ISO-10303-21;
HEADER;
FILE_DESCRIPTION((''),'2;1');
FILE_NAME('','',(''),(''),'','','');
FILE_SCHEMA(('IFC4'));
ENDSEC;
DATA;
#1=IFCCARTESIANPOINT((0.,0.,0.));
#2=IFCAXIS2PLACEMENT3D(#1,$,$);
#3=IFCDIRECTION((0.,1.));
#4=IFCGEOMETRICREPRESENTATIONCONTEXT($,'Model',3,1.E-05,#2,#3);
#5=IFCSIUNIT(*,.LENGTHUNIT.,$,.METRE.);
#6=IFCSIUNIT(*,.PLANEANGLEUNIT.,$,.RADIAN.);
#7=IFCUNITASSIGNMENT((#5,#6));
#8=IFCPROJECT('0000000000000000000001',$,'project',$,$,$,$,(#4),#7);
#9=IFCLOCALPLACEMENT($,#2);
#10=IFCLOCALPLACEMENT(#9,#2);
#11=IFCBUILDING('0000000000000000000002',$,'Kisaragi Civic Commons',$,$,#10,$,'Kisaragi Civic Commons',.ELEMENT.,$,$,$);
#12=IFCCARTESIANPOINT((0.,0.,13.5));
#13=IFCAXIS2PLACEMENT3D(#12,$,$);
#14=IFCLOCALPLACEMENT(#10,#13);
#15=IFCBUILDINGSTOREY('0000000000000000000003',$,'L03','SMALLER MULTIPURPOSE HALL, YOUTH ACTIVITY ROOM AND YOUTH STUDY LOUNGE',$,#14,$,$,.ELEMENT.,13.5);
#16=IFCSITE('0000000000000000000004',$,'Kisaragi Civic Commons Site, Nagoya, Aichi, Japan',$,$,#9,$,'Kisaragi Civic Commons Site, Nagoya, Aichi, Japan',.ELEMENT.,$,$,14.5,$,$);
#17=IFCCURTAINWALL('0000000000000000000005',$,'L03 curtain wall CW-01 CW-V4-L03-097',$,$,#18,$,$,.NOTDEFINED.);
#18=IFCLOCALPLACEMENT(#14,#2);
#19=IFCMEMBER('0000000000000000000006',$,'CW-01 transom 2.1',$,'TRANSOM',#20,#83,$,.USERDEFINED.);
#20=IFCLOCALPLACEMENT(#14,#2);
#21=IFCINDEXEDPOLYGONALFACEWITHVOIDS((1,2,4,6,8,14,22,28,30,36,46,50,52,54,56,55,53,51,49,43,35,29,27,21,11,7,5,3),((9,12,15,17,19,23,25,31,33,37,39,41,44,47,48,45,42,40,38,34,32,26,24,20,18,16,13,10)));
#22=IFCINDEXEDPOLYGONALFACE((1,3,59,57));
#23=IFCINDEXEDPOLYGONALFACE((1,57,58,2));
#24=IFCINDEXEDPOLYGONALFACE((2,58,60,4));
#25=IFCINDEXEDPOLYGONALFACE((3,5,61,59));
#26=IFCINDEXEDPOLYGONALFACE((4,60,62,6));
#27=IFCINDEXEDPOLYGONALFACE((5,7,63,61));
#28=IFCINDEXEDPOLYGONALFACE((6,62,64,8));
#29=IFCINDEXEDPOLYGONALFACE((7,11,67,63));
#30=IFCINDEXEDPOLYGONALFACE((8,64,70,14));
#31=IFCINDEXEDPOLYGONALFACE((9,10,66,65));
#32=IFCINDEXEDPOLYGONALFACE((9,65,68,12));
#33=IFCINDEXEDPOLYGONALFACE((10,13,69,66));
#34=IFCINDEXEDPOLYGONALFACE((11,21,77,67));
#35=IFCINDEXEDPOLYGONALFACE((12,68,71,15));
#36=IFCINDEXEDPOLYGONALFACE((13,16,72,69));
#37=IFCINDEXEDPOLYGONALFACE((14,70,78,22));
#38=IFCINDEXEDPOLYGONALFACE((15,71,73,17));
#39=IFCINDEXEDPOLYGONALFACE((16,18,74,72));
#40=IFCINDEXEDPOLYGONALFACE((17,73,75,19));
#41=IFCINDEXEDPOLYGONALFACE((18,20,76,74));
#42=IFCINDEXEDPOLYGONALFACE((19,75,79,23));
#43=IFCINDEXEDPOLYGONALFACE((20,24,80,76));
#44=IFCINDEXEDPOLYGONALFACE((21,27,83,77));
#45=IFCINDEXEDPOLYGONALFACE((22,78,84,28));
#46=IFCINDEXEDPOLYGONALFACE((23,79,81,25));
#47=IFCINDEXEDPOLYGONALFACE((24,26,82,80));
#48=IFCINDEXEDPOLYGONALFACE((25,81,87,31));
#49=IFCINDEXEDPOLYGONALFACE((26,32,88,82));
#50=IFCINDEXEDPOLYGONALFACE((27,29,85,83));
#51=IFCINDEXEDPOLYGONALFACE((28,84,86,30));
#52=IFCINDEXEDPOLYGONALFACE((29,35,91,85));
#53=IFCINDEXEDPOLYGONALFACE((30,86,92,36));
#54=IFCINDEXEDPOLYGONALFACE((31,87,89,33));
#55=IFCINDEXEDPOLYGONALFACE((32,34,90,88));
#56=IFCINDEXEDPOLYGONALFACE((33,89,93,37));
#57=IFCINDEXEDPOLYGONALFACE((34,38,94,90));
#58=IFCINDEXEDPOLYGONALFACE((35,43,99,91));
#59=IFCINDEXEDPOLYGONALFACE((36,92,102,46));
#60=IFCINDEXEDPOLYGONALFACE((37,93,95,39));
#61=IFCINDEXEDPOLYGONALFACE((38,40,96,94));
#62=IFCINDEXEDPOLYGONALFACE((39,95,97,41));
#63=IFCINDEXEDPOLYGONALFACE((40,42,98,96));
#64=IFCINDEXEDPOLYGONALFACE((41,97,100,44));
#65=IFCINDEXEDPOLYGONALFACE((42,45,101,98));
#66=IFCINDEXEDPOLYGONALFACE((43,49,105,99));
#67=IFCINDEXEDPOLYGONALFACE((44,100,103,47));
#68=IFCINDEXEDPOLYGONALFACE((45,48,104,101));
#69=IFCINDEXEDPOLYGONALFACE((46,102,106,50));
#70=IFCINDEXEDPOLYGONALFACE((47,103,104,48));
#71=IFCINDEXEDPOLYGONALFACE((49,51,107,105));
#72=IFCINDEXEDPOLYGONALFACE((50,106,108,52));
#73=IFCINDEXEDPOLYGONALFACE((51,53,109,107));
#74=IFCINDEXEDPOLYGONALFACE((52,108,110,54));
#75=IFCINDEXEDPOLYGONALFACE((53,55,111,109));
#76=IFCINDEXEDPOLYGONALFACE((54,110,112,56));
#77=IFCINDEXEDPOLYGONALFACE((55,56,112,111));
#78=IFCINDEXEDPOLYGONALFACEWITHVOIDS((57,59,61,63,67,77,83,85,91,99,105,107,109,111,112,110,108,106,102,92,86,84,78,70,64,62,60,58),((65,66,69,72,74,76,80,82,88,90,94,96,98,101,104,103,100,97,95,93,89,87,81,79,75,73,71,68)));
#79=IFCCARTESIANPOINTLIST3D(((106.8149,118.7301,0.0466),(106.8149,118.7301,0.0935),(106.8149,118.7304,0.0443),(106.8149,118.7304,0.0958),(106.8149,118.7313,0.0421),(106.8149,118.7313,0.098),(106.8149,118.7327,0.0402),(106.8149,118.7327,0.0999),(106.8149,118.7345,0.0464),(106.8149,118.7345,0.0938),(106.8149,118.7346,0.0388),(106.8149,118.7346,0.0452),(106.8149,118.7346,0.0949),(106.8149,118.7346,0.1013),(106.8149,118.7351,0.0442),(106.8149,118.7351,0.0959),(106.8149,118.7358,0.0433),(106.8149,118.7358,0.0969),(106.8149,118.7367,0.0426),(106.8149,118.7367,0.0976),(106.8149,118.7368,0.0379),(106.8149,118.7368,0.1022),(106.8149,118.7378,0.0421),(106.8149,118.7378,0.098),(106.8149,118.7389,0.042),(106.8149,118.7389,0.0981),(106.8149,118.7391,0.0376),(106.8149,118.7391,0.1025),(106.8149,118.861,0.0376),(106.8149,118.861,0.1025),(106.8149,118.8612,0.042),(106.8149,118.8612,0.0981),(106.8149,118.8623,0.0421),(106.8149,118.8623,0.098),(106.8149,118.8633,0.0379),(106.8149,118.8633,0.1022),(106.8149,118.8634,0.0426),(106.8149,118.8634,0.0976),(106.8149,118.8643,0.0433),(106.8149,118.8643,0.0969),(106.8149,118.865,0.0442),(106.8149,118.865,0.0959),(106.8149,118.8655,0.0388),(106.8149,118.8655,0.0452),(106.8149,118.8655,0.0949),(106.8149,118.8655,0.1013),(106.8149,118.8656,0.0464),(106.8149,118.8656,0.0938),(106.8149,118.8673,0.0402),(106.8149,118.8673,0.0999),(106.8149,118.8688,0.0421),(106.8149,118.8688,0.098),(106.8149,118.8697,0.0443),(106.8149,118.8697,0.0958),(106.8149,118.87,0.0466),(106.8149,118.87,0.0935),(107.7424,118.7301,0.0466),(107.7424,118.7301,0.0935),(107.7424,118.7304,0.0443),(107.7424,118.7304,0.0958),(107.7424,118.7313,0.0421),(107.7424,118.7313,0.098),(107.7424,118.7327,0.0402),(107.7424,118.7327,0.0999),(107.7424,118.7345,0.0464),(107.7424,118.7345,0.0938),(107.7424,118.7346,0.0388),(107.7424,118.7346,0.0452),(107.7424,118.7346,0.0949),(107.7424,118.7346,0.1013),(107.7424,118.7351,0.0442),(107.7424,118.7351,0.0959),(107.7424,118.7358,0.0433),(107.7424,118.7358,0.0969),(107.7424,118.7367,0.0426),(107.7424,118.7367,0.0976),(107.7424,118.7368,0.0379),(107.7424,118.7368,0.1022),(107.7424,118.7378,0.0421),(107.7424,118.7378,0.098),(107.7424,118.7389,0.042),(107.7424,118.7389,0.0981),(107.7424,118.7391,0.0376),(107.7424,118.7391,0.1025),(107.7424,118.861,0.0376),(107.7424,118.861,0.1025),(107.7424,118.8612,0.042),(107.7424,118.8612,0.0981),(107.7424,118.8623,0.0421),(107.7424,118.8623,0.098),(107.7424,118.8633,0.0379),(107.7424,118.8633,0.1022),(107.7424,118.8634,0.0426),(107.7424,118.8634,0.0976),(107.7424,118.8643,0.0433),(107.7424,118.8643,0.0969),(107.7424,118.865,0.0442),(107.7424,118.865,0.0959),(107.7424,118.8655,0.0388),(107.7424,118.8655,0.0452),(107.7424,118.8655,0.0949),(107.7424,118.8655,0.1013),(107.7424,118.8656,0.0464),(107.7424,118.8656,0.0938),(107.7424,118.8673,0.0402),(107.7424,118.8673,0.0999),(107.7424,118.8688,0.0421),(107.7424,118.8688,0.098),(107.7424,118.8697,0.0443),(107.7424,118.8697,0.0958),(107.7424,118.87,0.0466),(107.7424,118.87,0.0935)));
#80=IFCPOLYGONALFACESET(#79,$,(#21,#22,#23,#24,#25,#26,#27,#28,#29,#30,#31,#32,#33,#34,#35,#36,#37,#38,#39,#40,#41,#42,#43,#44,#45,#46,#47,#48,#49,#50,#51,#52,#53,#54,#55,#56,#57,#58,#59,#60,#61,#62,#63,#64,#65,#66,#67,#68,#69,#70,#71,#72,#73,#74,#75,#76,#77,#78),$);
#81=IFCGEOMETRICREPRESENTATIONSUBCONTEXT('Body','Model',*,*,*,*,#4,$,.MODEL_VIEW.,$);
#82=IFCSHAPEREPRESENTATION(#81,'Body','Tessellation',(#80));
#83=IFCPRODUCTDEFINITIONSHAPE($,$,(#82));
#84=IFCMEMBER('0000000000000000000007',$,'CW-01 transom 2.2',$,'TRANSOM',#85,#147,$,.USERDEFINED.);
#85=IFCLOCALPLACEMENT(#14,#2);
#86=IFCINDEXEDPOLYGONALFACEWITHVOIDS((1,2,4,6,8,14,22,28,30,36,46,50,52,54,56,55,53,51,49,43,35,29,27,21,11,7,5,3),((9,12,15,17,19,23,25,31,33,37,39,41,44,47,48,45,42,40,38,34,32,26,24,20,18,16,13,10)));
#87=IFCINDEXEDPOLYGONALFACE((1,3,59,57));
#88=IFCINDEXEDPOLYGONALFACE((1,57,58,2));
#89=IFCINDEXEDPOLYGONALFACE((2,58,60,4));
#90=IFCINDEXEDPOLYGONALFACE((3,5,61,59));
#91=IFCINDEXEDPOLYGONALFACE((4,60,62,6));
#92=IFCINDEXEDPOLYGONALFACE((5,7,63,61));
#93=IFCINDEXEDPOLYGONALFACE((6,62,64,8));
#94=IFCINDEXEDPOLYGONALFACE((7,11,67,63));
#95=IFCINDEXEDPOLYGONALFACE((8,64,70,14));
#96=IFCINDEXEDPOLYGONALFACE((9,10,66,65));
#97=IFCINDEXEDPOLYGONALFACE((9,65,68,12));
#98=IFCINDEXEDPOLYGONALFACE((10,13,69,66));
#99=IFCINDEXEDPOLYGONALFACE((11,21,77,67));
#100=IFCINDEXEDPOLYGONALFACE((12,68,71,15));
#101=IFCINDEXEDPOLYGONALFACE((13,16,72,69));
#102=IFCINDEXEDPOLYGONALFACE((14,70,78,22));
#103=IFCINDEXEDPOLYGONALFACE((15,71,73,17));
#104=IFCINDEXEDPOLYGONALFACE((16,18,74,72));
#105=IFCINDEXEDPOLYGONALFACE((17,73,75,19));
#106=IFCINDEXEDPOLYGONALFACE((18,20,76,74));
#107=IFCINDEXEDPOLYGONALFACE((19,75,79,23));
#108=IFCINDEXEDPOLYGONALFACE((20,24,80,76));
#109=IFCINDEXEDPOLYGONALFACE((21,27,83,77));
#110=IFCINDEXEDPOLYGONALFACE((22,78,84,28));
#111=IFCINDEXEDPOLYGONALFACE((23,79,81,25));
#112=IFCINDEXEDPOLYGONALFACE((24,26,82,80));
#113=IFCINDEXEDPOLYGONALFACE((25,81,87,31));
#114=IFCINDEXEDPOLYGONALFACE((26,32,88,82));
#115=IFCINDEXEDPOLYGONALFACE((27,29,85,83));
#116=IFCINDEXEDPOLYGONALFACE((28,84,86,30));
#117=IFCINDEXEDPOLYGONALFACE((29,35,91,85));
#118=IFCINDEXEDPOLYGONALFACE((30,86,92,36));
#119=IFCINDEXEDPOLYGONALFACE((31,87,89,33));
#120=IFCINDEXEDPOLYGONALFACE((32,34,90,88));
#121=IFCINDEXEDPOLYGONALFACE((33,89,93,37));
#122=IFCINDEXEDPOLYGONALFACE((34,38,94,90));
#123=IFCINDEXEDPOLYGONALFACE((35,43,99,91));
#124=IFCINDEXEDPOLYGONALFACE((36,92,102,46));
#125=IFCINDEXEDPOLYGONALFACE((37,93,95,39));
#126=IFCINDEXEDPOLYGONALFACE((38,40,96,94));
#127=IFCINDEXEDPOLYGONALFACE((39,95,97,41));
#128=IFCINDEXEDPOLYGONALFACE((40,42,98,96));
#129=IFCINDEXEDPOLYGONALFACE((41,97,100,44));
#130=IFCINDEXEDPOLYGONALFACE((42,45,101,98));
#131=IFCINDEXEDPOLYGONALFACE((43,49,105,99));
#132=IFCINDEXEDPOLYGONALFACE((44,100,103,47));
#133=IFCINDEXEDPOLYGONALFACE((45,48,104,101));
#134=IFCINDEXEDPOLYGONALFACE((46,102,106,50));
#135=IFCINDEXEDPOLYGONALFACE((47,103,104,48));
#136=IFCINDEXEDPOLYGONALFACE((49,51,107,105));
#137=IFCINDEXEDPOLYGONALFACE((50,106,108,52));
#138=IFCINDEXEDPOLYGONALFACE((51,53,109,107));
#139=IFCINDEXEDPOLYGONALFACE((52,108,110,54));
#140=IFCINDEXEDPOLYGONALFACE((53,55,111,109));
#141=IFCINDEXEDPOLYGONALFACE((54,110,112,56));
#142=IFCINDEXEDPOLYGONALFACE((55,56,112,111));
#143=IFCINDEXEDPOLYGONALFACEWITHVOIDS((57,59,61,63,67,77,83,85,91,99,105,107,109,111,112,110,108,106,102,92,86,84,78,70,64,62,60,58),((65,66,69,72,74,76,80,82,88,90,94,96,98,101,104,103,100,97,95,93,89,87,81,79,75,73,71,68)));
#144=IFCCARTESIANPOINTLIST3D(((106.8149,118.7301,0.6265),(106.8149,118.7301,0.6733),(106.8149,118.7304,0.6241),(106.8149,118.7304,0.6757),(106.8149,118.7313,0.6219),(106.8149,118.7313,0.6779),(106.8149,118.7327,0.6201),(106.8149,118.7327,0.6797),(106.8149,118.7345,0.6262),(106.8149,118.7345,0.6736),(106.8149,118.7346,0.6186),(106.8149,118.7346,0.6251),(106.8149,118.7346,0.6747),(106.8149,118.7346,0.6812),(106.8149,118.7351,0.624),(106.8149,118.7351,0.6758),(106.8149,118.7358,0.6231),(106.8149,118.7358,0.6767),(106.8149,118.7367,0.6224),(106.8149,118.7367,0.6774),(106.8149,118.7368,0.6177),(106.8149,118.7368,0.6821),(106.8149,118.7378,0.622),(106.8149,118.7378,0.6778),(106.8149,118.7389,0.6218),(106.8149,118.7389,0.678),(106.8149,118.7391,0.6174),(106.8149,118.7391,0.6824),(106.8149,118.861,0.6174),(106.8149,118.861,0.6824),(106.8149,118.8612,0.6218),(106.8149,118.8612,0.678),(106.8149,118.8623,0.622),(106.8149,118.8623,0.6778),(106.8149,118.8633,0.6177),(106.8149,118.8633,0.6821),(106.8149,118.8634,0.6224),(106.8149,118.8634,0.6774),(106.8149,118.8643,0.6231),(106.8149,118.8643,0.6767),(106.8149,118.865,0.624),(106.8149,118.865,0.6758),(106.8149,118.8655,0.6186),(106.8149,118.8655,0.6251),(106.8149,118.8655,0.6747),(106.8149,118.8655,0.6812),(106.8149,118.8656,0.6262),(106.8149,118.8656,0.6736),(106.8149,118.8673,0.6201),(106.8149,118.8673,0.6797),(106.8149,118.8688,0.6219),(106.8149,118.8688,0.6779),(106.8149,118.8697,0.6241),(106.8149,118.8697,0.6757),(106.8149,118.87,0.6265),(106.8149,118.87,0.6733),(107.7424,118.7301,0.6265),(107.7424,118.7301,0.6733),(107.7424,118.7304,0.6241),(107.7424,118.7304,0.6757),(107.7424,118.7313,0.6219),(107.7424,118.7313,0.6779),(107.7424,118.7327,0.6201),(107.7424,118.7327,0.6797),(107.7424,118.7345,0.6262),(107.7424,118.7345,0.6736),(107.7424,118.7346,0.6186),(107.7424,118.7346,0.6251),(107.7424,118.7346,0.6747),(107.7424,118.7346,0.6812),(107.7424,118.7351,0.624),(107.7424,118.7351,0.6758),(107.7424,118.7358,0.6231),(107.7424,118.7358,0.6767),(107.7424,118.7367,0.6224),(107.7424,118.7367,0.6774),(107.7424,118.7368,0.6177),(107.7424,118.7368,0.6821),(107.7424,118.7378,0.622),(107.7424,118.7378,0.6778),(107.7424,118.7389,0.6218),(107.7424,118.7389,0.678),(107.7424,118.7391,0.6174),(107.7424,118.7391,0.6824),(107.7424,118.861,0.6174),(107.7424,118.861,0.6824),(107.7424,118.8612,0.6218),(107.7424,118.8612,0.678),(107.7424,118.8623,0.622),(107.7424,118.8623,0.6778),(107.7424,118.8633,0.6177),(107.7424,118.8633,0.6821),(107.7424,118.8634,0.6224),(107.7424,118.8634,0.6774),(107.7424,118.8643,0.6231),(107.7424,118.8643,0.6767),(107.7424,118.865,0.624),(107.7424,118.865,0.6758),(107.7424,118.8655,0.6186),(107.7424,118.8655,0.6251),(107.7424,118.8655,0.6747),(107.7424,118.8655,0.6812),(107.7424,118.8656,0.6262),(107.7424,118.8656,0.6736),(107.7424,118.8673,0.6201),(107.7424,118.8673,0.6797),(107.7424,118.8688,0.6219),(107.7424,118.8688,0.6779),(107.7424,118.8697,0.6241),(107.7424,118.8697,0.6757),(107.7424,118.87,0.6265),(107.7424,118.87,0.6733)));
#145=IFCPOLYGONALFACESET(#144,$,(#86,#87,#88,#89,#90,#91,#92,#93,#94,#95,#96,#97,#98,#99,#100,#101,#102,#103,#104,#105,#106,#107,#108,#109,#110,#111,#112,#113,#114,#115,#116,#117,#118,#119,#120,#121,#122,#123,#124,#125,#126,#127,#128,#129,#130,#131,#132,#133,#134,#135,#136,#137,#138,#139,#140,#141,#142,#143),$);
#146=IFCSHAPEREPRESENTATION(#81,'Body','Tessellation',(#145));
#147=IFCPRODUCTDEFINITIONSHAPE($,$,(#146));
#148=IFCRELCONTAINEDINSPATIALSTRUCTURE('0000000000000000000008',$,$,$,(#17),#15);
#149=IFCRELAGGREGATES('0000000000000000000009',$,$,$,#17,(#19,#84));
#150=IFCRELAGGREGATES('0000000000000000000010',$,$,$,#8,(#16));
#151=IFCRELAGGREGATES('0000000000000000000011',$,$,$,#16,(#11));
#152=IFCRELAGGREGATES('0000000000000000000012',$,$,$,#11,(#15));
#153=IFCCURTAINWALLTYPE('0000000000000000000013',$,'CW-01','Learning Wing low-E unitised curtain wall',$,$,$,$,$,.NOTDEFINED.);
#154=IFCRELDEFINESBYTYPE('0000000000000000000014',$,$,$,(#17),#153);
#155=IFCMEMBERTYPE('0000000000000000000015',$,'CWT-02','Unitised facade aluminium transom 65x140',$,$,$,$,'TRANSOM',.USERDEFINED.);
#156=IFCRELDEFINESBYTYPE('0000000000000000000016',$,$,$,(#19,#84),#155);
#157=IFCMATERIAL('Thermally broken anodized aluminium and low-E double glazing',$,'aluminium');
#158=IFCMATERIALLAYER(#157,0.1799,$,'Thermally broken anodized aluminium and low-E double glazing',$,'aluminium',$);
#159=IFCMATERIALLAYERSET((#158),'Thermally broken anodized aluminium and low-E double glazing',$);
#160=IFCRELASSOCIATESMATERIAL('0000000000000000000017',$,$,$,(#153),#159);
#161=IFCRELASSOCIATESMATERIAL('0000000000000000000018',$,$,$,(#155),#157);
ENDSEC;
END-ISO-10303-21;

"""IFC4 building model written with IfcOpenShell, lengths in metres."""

from ifc_helpers import new_model, si_unit, direction, frame, origin, origin_2d, place, context, subcontext, project, spatial, hollow_rectangle, extrude, material, layer, layer_set, material_profile, profile_set, type_object, element, aggregate, save


model = new_model("IFC4")

# Units and contexts
model_context = context("Model", 3, precision=1e-05, world=origin(), true_north=direction((0.0, 1.0)))
body_context = subcontext(model_context, "Body", "Model", "MODEL_VIEW")
ifc_project = project(units=[si_unit("LENGTHUNIT", "METRE"), si_unit("PLANEANGLEUNIT", "RADIAN")], contexts=[model_context])

# Site, building, storey
site_placement = place(None, origin())
site = spatial("IfcSite", under=ifc_project, at=site_placement, Name="Kisaragi Civic Commons Site, Nagoya, Aichi, Japan", LongName="Kisaragi Civic Commons Site, Nagoya, Aichi, Japan", CompositionType="ELEMENT", RefElevation=14.5)
building_placement = place(site_placement, origin())
building = spatial("IfcBuilding", under=site, at=building_placement, Name="Kisaragi Civic Commons", LongName="Kisaragi Civic Commons", CompositionType="ELEMENT")
storey_placement = place(building_placement, frame((0.0, 0.0, 13.5)))
storey = spatial("IfcBuildingStorey", under=building, at=storey_placement, Name="L03", Description="SMALLER MULTIPURPOSE HALL, YOUTH ACTIVITY ROOM AND YOUTH STUDY LOUNGE", CompositionType="ELEMENT", Elevation=13.5)

# Shared definitions
ifc_material_1 = material(Name="Thermally broken anodized aluminium and low-E double glazing", Category="aluminium")
ifc_layer_1 = layer(ifc_material_1, 0.1799, Name="Thermally broken anodized aluminium and low-E double glazing", Category="aluminium")
ifc_layer_set_1 = layer_set([ifc_layer_1], Name="Thermally broken anodized aluminium and low-E double glazing")
curtain_wall_type = type_object("IfcCurtainWallType", Name="CW-01", Description="Learning Wing low-E unitised curtain wall", PredefinedType="NOTDEFINED", material=ifc_layer_set_1)

# Curtain wall
curtain_wall_1_placement = place(storey_placement, origin())
curtain_wall_1 = element("IfcCurtainWall", 1, at=curtain_wall_1_placement, inside=storey, type_object=curtain_wall_type, Name="L03 curtain wall CW-01 CW-V4-L03-097", PredefinedType="NOTDEFINED")

# Members
ifc_material_profile_1 = material_profile(ifc_material_1, hollow_rectangle(XDim=0.1399, YDim=0.0649, WallThickness=0.0044, InnerFilletRadius=0.0044, OuterFilletRadius=0.009, at=origin_2d()), Name="CWT-65x140x4.5", Category="aluminium")
ifc_profile_set_1 = profile_set([ifc_material_profile_1], Name="Thermally broken anodized aluminium and low-E double glazing")
member_type_1 = type_object("IfcMemberType", Name="CWT-02", Description="Unitised facade aluminium transom 65x140", ElementType="TRANSOM", PredefinedType="USERDEFINED", material=ifc_profile_set_1)
member_1_placement = place(storey_placement, frame((106.8149, 118.8, 0.0701), z_axis=(1.0, 0.0, 0.0), x_axis=(0.0, 1.0, 0.0)))
member_1 = element("IfcMember", 2, at=member_1_placement, type_object=member_type_1, Name="CW-01 transom 2.1", ObjectType="TRANSOM", PredefinedType="USERDEFINED", context=body_context, shape_type="SweptSolid", body=[
    extrude(hollow_rectangle(XDim=0.1399, YDim=0.0649, WallThickness=0.0044, InnerFilletRadius=0.0044, OuterFilletRadius=0.009, at=origin_2d()), origin(), (0.0, 0.0, 1.0), 0.9275),
])
member_2_placement = place(storey_placement, frame((106.8149, 118.8, 0.6499), z_axis=(1.0, 0.0, 0.0), x_axis=(0.0, 1.0, 0.0)))
member_2 = element("IfcMember", 3, at=member_2_placement, type_object=member_type_1, Name="CW-01 transom 2.2", ObjectType="TRANSOM", PredefinedType="USERDEFINED", context=body_context, shape_type="SweptSolid", body=[
    extrude(hollow_rectangle(XDim=0.1399, YDim=0.0649, WallThickness=0.0044, InnerFilletRadius=0.0044, OuterFilletRadius=0.009, at=origin_2d()), origin(), (0.0, 0.0, 1.0), 0.9275),
])

aggregate(curtain_wall_1, [member_1, member_2])

save(model, "model.ifc")
